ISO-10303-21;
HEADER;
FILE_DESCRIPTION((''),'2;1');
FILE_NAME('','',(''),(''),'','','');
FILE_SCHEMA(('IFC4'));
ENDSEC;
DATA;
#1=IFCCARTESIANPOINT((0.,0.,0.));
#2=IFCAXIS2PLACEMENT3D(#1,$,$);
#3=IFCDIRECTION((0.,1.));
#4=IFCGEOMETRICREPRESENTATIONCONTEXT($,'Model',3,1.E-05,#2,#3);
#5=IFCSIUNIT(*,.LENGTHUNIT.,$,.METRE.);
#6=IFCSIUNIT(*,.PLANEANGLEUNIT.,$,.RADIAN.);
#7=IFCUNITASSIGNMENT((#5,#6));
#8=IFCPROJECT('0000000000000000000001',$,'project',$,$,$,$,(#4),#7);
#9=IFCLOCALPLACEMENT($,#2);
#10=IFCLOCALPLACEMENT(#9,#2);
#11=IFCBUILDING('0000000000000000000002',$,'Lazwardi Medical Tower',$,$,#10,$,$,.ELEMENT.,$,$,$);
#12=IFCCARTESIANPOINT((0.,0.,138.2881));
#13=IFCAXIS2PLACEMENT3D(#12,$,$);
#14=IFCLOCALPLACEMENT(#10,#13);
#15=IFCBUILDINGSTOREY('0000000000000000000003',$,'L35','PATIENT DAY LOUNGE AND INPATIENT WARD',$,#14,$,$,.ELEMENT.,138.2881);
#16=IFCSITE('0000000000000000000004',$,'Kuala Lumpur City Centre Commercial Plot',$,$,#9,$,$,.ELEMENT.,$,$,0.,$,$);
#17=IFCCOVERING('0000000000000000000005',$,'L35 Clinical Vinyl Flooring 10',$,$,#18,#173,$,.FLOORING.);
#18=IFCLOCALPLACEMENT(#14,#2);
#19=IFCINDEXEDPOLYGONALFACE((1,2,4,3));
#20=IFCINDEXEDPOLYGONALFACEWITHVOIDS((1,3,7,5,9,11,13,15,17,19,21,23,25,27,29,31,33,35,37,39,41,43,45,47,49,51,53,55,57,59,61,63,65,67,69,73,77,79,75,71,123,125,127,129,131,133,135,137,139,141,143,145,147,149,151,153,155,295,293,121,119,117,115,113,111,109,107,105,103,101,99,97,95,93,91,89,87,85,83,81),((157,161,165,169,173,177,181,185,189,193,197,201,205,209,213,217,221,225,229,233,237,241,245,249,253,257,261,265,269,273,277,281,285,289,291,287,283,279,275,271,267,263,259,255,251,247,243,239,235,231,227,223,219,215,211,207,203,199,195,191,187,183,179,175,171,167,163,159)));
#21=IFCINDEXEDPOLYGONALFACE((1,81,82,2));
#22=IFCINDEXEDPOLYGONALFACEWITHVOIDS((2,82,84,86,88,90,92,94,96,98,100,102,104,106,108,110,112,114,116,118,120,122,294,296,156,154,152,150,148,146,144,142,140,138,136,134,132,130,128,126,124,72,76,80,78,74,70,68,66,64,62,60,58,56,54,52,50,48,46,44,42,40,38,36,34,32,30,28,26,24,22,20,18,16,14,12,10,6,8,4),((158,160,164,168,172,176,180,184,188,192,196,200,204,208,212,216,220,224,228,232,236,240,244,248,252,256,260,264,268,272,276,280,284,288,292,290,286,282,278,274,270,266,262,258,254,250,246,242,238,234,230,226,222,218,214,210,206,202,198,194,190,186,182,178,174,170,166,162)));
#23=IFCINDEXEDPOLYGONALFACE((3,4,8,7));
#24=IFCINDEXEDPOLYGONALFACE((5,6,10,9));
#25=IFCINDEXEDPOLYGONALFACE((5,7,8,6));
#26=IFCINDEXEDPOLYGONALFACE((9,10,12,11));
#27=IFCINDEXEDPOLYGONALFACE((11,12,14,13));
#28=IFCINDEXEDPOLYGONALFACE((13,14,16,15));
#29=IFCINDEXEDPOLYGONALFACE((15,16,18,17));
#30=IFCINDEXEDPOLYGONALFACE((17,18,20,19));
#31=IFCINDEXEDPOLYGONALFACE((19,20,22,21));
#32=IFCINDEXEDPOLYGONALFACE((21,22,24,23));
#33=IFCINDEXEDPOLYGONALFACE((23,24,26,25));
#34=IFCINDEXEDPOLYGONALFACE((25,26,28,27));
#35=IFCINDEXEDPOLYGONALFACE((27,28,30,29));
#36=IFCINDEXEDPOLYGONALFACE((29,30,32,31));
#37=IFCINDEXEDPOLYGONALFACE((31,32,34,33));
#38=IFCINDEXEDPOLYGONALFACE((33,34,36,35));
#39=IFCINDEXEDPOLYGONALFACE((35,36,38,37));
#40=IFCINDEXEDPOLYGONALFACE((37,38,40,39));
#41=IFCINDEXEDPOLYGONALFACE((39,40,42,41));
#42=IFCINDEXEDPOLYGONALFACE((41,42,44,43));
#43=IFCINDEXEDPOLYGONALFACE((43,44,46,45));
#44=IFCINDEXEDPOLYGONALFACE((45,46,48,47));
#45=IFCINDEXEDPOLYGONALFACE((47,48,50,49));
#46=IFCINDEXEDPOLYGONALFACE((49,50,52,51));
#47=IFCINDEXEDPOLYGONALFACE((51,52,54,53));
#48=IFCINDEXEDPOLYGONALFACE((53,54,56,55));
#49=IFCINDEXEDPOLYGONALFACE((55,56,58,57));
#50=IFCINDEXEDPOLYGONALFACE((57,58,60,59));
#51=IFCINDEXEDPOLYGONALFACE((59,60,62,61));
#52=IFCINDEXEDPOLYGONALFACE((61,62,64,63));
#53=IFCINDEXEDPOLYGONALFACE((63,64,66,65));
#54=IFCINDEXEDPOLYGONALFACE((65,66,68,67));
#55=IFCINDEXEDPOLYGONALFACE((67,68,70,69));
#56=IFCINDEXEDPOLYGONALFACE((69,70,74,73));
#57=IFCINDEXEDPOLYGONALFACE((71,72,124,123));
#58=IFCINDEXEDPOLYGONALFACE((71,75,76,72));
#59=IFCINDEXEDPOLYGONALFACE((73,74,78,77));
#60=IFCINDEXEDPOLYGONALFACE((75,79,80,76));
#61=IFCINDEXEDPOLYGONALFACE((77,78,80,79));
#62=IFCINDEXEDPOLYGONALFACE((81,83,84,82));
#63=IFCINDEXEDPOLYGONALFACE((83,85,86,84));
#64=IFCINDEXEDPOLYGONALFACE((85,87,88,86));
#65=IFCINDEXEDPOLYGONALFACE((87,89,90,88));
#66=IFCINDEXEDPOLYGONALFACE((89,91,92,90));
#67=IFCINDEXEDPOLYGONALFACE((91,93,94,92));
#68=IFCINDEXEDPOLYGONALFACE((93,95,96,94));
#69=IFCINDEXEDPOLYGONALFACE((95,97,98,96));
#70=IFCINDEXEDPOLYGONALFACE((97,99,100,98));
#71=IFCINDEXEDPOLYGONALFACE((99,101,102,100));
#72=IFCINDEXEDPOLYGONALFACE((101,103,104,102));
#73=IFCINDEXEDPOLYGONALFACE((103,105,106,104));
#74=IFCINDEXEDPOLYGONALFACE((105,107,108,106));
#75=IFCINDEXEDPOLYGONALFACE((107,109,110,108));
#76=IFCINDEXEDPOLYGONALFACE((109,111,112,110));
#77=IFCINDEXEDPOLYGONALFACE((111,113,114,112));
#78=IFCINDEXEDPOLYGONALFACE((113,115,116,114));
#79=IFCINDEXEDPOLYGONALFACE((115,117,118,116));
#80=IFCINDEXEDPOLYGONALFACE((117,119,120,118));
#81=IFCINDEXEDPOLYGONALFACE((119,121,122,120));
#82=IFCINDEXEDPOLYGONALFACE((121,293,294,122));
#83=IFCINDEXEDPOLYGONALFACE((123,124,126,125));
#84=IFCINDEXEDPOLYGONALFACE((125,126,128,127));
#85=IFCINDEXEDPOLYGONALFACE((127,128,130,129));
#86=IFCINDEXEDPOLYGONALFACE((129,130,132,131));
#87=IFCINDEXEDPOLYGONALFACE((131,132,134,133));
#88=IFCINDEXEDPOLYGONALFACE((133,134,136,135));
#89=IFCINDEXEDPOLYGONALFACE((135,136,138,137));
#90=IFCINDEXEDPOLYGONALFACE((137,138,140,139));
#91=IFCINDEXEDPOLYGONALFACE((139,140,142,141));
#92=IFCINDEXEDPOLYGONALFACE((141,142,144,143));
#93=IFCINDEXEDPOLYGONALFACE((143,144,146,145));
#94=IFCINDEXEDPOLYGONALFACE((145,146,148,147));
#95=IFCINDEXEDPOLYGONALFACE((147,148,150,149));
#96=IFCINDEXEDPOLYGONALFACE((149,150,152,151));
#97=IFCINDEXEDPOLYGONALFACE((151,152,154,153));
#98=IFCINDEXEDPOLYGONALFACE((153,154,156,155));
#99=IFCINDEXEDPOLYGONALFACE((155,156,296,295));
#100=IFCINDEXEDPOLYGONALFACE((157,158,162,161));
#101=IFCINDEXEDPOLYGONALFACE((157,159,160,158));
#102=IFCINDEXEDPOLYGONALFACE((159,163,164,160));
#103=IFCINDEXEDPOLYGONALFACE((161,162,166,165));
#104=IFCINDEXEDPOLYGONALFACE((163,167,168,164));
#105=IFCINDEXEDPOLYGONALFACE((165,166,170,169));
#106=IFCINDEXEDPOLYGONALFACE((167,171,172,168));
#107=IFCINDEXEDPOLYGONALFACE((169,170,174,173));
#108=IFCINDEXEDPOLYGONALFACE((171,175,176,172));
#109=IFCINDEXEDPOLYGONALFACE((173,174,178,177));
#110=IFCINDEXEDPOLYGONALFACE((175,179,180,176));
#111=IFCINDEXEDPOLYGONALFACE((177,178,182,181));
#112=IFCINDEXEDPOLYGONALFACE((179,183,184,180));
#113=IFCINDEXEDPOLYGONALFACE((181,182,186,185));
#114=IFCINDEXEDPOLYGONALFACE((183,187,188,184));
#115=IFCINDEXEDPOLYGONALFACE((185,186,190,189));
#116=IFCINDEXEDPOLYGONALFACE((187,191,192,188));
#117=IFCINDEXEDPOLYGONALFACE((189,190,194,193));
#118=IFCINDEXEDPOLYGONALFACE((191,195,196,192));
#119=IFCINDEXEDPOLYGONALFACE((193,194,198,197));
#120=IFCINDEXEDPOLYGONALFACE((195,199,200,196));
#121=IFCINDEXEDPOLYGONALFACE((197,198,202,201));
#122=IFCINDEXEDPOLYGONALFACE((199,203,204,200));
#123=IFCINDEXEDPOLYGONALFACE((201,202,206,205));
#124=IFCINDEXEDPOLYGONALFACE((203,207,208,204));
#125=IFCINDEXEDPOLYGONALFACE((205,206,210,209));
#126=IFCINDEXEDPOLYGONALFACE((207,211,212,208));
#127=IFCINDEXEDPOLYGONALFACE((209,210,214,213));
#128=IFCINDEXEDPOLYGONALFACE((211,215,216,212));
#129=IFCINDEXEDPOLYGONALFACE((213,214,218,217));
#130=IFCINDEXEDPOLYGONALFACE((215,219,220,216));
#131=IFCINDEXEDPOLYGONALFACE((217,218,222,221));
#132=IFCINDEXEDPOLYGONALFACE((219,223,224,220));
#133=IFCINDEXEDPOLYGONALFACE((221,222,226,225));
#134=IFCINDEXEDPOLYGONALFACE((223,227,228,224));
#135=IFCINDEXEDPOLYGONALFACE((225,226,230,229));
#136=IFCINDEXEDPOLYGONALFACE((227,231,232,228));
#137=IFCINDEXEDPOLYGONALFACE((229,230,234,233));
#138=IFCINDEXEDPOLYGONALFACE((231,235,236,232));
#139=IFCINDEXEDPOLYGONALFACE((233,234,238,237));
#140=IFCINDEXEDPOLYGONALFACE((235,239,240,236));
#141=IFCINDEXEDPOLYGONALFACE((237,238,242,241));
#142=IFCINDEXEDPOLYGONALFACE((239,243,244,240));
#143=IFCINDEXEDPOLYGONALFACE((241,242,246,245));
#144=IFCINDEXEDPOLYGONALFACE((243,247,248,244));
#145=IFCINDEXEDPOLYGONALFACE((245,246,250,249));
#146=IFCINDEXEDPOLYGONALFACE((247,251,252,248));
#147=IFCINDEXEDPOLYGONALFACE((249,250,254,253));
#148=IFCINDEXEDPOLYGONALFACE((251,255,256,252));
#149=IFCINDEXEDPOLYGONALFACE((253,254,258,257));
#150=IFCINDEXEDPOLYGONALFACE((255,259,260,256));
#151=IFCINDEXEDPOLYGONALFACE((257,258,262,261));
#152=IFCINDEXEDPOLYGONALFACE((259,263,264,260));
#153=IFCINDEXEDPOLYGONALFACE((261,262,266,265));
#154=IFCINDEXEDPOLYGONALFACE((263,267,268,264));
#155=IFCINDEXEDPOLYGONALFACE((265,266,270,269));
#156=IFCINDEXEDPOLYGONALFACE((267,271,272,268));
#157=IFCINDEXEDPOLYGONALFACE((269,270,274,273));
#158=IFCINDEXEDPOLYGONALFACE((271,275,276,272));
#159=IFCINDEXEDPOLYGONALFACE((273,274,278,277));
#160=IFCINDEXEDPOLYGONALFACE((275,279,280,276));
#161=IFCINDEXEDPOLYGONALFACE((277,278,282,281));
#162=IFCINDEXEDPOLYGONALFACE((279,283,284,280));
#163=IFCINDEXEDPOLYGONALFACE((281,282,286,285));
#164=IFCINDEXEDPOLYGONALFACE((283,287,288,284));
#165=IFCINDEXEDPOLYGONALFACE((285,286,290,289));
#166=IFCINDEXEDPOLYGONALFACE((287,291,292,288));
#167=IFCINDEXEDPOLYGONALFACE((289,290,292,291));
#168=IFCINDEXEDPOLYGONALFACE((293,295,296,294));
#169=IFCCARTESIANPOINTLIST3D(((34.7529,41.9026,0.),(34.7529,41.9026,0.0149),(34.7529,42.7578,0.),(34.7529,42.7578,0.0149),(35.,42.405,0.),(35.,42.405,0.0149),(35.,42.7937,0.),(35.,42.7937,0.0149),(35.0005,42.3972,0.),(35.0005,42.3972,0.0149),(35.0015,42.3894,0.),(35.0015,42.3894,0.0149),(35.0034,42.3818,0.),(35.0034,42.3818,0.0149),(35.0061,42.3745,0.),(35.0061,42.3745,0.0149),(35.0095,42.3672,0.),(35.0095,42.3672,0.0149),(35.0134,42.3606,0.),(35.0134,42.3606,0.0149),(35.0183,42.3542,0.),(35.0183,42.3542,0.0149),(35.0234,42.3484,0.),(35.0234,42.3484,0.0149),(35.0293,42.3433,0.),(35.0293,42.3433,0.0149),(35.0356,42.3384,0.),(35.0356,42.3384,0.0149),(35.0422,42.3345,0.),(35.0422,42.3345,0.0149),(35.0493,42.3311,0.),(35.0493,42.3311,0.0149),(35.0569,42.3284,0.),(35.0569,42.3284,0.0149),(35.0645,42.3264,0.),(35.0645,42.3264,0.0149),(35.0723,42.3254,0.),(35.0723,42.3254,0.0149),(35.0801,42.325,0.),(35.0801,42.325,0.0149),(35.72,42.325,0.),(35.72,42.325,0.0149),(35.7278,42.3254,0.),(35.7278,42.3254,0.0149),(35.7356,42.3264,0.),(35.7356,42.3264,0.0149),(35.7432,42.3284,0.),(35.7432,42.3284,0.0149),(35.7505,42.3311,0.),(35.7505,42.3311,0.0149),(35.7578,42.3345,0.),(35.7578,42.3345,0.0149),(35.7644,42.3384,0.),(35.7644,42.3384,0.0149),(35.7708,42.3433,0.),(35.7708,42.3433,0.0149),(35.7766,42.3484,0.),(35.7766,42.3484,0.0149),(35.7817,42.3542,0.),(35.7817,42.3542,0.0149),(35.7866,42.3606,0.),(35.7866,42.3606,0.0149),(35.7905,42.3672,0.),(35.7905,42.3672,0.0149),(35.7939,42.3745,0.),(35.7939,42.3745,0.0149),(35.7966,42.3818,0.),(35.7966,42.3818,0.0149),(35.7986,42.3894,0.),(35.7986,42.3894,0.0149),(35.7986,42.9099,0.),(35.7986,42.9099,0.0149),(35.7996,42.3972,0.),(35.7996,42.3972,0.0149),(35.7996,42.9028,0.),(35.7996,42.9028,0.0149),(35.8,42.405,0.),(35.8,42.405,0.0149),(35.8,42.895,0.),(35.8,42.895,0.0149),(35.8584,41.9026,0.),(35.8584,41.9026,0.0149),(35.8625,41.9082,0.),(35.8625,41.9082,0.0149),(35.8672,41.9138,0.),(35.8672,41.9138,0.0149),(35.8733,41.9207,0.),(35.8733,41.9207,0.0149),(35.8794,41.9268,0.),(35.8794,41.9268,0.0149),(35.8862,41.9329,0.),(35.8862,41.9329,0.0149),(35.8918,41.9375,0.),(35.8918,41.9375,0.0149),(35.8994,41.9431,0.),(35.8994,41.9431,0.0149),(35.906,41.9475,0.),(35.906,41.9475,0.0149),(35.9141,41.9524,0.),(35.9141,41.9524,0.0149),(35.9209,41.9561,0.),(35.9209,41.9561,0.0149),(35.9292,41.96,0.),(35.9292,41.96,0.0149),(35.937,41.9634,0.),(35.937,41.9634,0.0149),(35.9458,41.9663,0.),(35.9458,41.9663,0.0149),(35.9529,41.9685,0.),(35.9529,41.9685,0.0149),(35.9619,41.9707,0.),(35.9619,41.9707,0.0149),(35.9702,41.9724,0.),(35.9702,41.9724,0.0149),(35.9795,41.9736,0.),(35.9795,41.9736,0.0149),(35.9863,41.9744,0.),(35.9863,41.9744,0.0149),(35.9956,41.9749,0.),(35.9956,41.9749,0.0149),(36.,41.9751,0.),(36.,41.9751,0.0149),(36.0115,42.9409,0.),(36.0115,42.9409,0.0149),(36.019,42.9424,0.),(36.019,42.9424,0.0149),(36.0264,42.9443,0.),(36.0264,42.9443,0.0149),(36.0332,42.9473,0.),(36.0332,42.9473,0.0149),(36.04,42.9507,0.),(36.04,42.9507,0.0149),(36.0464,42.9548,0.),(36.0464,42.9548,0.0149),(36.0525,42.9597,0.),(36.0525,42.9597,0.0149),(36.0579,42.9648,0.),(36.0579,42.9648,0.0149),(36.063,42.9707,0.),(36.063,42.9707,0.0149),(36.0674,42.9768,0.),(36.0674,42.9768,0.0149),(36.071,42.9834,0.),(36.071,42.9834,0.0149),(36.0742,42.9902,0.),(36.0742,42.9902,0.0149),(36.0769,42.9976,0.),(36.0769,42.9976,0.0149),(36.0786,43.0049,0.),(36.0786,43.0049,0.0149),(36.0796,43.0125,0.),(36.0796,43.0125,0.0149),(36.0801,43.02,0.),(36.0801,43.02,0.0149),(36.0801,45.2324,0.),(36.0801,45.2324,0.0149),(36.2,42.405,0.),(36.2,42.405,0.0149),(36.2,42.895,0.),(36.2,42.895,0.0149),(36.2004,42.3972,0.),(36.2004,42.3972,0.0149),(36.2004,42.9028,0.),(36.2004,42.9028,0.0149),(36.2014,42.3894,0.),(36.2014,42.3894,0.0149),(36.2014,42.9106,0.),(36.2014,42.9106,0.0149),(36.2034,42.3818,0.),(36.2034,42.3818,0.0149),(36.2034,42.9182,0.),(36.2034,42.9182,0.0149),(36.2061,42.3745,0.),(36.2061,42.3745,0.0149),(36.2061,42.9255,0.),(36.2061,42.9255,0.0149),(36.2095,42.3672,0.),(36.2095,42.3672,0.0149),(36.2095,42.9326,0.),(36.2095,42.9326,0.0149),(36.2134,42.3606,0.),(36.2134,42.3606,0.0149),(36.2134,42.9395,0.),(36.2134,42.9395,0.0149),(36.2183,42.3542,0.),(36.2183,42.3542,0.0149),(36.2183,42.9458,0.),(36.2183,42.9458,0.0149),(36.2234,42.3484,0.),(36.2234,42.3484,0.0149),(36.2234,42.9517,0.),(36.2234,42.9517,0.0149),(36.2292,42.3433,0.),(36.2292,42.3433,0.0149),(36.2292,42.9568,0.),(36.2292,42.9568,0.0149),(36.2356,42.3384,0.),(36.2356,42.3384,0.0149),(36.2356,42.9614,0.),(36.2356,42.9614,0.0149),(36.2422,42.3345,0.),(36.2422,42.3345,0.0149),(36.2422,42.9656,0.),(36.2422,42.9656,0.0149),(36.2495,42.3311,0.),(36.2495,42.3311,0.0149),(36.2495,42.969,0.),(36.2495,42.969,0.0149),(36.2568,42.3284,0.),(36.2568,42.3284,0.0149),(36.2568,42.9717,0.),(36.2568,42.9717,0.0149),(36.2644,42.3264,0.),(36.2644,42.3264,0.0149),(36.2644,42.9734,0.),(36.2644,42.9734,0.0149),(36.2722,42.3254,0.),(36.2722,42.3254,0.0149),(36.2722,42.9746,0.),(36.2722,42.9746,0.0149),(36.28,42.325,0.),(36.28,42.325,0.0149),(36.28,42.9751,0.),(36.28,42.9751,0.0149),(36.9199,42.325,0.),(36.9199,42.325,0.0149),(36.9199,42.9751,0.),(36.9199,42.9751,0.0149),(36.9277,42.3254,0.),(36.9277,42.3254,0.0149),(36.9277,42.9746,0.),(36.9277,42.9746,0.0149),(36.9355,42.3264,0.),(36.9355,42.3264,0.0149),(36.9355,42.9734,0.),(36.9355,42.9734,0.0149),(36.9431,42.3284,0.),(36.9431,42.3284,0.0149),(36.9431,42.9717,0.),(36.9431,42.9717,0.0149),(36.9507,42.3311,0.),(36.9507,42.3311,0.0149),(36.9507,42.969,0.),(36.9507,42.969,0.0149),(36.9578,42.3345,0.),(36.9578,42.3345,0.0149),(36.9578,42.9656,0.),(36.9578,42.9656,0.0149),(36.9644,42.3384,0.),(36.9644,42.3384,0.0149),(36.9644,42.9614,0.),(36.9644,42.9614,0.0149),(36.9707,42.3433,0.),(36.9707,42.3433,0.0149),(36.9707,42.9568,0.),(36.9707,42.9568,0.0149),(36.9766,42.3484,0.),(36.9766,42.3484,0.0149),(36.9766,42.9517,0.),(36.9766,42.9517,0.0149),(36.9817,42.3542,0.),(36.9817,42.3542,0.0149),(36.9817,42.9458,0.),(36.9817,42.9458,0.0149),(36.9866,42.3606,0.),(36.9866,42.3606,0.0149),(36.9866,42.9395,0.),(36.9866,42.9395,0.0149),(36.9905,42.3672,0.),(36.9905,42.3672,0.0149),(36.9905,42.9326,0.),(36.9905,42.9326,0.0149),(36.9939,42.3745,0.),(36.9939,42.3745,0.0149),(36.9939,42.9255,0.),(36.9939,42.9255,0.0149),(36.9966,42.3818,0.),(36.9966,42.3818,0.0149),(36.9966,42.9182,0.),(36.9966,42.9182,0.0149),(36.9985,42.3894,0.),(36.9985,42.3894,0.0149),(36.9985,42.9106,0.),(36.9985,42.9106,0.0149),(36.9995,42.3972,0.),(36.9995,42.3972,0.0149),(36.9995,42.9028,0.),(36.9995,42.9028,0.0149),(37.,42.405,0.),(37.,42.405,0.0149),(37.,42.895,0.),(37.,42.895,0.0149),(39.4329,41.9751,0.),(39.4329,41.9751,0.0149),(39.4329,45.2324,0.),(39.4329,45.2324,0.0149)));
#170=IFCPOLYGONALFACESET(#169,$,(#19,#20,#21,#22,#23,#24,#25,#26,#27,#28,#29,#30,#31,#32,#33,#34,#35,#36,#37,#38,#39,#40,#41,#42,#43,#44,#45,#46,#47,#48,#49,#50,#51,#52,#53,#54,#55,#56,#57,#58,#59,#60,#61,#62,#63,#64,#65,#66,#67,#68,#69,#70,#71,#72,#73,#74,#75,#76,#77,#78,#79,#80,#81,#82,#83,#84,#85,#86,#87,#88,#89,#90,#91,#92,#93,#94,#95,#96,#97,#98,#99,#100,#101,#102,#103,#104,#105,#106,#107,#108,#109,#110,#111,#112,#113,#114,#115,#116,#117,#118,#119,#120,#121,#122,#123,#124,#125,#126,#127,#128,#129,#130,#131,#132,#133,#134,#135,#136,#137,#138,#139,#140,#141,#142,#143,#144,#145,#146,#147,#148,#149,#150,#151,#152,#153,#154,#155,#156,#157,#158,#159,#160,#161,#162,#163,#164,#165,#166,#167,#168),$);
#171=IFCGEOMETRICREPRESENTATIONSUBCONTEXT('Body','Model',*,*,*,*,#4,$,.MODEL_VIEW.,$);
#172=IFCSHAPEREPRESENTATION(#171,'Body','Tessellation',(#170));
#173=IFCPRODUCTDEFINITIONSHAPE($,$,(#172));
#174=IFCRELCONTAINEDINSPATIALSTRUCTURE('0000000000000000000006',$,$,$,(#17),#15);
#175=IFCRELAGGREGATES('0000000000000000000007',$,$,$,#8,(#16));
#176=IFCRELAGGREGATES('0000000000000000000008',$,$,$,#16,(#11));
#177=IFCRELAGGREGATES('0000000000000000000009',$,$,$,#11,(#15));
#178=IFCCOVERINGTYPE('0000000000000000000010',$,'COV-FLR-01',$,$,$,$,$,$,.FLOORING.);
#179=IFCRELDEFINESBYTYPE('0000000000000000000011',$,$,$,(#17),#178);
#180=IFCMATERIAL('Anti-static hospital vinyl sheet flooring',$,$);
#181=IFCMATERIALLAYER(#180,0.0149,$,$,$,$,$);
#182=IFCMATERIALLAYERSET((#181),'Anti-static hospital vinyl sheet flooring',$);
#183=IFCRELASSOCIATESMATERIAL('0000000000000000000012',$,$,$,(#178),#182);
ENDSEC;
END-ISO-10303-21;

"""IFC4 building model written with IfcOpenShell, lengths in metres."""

from ifc_helpers import new_model, si_unit, direction, frame, origin, place, context, subcontext, project, spatial, polyline, outline, extrude, material, layer, layer_set, type_object, element, save


model = new_model("IFC4")

# Units and contexts
model_context = context("Model", 3, precision=1e-05, world=origin(), true_north=direction((0.0, 1.0)))
body_context = subcontext(model_context, "Body", "Model", "MODEL_VIEW")
ifc_project = project(units=[si_unit("LENGTHUNIT", "METRE"), si_unit("PLANEANGLEUNIT", "RADIAN")], contexts=[model_context])

# Site, building, storey
site_placement = place(None, origin())
site = spatial("IfcSite", under=ifc_project, at=site_placement, Name="Kuala Lumpur City Centre Commercial Plot", CompositionType="ELEMENT", RefElevation=0.0)
building_placement = place(site_placement, origin())
building = spatial("IfcBuilding", under=site, at=building_placement, Name="Lazwardi Medical Tower", CompositionType="ELEMENT")
storey_placement = place(building_placement, frame((0.0, 0.0, 138.2881)))
storey = spatial("IfcBuildingStorey", under=building, at=storey_placement, Name="L35", Description="PATIENT DAY LOUNGE AND INPATIENT WARD", CompositionType="ELEMENT", Elevation=138.2881)

# Covering
ifc_material_1 = material(Name="Anti-static hospital vinyl sheet flooring")
ifc_layer_1 = layer(ifc_material_1, 0.0149)
ifc_layer_set_1 = layer_set([ifc_layer_1], Name="Anti-static hospital vinyl sheet flooring")
covering_type_1 = type_object("IfcCoveringType", Name="COV-FLR-01", PredefinedType="FLOORING", material=ifc_layer_set_1)
covering_1_placement = place(storey_placement, origin())
element("IfcCovering", 1, at=covering_1_placement, inside=storey, type_object=covering_type_1, Name="L35 Clinical Vinyl Flooring 10", PredefinedType="FLOORING", context=body_context, shape_type="SweptSolid", body=[
    extrude(outline(polyline([(36.0801, 45.2324), (36.0801, 43.02), (36.0796, 43.0125), (36.0786, 43.0049), (36.0769, 42.9976), (36.0742, 42.9902), (36.071, 42.9834), (36.0674, 42.9768), (36.063, 42.9707), (36.0579, 42.9648), (36.0525, 42.9597), (36.0464, 42.9548), (36.04, 42.9507), (36.0332, 42.9473), (36.0264, 42.9443), (36.019, 42.9424), (36.0115, 42.9409), (35.7986, 42.9099), (35.7996, 42.9028), (35.8, 42.895), (35.8, 42.405), (35.7996, 42.3972), (35.7986, 42.3894), (35.7966, 42.3818), (35.7939, 42.3745), (35.7905, 42.3672), (35.7866, 42.3606), (35.7817, 42.3542), (35.7766, 42.3484), (35.7708, 42.3433), (35.7644, 42.3384), (35.7578, 42.3345), (35.7505, 42.3311), (35.7432, 42.3284), (35.7356, 42.3264), (35.7278, 42.3254), (35.72, 42.325), (35.0801, 42.325), (35.0723, 42.3254), (35.0645, 42.3264), (35.0569, 42.3284), (35.0493, 42.3311), (35.0422, 42.3345), (35.0356, 42.3384), (35.0293, 42.3433), (35.0234, 42.3484), (35.0183, 42.3542), (35.0134, 42.3606), (35.0095, 42.3672), (35.0061, 42.3745), (35.0034, 42.3818), (35.0015, 42.3894), (35.0005, 42.3972), (35.0, 42.405), (35.0, 42.7937), (34.7529, 42.7578), (34.7529, 41.9026), (35.8584, 41.9026), (35.8625, 41.9082), (35.8672, 41.9138), (35.8733, 41.9207), (35.8794, 41.9268), (35.8862, 41.9329), (35.8918, 41.9375), (35.8994, 41.9431), (35.906, 41.9475), (35.9141, 41.9524), (35.9209, 41.9561), (35.9292, 41.96), (35.937, 41.9634), (35.9458, 41.9663), (35.9529, 41.9685), (35.9619, 41.9707), (35.9702, 41.9724), (35.9795, 41.9736), (35.9863, 41.9744), (35.9956, 41.9749), (36.0, 41.9751), (39.4329, 41.9751), (39.4329, 45.2324), (36.0801, 45.2324)]), holes=[polyline([(36.9431, 42.3284), (36.9355, 42.3264), (36.9277, 42.3254), (36.9199, 42.325), (36.28, 42.325), (36.2722, 42.3254), (36.2644, 42.3264), (36.2568, 42.3284), (36.2495, 42.3311), (36.2422, 42.3345), (36.2356, 42.3384), (36.2292, 42.3433), (36.2234, 42.3484), (36.2183, 42.3542), (36.2134, 42.3606), (36.2095, 42.3672), (36.2061, 42.3745), (36.2034, 42.3818), (36.2014, 42.3894), (36.2004, 42.3972), (36.2, 42.405), (36.2, 42.895), (36.2004, 42.9028), (36.2014, 42.9106), (36.2034, 42.9182), (36.2061, 42.9255), (36.2095, 42.9326), (36.2134, 42.9395), (36.2183, 42.9458), (36.2234, 42.9517), (36.2292, 42.9568), (36.2356, 42.9614), (36.2422, 42.9656), (36.2495, 42.969), (36.2568, 42.9717), (36.2644, 42.9734), (36.2722, 42.9746), (36.28, 42.9751), (36.9199, 42.9751), (36.9277, 42.9746), (36.9355, 42.9734), (36.9431, 42.9717), (36.9507, 42.969), (36.9578, 42.9656), (36.9644, 42.9614), (36.9707, 42.9568), (36.9766, 42.9517), (36.9817, 42.9458), (36.9866, 42.9395), (36.9905, 42.9326), (36.9939, 42.9255), (36.9966, 42.9182), (36.9985, 42.9106), (36.9995, 42.9028), (37.0, 42.895), (37.0, 42.405), (36.9995, 42.3972), (36.9985, 42.3894), (36.9966, 42.3818), (36.9939, 42.3745), (36.9905, 42.3672), (36.9866, 42.3606), (36.9817, 42.3542), (36.9766, 42.3484), (36.9707, 42.3433), (36.9644, 42.3384), (36.9578, 42.3345), (36.9507, 42.3311), (36.9431, 42.3284)])]), origin(), (0.0, 0.0, 1.0), 0.0149),
])

save(model, "model.ifc")
